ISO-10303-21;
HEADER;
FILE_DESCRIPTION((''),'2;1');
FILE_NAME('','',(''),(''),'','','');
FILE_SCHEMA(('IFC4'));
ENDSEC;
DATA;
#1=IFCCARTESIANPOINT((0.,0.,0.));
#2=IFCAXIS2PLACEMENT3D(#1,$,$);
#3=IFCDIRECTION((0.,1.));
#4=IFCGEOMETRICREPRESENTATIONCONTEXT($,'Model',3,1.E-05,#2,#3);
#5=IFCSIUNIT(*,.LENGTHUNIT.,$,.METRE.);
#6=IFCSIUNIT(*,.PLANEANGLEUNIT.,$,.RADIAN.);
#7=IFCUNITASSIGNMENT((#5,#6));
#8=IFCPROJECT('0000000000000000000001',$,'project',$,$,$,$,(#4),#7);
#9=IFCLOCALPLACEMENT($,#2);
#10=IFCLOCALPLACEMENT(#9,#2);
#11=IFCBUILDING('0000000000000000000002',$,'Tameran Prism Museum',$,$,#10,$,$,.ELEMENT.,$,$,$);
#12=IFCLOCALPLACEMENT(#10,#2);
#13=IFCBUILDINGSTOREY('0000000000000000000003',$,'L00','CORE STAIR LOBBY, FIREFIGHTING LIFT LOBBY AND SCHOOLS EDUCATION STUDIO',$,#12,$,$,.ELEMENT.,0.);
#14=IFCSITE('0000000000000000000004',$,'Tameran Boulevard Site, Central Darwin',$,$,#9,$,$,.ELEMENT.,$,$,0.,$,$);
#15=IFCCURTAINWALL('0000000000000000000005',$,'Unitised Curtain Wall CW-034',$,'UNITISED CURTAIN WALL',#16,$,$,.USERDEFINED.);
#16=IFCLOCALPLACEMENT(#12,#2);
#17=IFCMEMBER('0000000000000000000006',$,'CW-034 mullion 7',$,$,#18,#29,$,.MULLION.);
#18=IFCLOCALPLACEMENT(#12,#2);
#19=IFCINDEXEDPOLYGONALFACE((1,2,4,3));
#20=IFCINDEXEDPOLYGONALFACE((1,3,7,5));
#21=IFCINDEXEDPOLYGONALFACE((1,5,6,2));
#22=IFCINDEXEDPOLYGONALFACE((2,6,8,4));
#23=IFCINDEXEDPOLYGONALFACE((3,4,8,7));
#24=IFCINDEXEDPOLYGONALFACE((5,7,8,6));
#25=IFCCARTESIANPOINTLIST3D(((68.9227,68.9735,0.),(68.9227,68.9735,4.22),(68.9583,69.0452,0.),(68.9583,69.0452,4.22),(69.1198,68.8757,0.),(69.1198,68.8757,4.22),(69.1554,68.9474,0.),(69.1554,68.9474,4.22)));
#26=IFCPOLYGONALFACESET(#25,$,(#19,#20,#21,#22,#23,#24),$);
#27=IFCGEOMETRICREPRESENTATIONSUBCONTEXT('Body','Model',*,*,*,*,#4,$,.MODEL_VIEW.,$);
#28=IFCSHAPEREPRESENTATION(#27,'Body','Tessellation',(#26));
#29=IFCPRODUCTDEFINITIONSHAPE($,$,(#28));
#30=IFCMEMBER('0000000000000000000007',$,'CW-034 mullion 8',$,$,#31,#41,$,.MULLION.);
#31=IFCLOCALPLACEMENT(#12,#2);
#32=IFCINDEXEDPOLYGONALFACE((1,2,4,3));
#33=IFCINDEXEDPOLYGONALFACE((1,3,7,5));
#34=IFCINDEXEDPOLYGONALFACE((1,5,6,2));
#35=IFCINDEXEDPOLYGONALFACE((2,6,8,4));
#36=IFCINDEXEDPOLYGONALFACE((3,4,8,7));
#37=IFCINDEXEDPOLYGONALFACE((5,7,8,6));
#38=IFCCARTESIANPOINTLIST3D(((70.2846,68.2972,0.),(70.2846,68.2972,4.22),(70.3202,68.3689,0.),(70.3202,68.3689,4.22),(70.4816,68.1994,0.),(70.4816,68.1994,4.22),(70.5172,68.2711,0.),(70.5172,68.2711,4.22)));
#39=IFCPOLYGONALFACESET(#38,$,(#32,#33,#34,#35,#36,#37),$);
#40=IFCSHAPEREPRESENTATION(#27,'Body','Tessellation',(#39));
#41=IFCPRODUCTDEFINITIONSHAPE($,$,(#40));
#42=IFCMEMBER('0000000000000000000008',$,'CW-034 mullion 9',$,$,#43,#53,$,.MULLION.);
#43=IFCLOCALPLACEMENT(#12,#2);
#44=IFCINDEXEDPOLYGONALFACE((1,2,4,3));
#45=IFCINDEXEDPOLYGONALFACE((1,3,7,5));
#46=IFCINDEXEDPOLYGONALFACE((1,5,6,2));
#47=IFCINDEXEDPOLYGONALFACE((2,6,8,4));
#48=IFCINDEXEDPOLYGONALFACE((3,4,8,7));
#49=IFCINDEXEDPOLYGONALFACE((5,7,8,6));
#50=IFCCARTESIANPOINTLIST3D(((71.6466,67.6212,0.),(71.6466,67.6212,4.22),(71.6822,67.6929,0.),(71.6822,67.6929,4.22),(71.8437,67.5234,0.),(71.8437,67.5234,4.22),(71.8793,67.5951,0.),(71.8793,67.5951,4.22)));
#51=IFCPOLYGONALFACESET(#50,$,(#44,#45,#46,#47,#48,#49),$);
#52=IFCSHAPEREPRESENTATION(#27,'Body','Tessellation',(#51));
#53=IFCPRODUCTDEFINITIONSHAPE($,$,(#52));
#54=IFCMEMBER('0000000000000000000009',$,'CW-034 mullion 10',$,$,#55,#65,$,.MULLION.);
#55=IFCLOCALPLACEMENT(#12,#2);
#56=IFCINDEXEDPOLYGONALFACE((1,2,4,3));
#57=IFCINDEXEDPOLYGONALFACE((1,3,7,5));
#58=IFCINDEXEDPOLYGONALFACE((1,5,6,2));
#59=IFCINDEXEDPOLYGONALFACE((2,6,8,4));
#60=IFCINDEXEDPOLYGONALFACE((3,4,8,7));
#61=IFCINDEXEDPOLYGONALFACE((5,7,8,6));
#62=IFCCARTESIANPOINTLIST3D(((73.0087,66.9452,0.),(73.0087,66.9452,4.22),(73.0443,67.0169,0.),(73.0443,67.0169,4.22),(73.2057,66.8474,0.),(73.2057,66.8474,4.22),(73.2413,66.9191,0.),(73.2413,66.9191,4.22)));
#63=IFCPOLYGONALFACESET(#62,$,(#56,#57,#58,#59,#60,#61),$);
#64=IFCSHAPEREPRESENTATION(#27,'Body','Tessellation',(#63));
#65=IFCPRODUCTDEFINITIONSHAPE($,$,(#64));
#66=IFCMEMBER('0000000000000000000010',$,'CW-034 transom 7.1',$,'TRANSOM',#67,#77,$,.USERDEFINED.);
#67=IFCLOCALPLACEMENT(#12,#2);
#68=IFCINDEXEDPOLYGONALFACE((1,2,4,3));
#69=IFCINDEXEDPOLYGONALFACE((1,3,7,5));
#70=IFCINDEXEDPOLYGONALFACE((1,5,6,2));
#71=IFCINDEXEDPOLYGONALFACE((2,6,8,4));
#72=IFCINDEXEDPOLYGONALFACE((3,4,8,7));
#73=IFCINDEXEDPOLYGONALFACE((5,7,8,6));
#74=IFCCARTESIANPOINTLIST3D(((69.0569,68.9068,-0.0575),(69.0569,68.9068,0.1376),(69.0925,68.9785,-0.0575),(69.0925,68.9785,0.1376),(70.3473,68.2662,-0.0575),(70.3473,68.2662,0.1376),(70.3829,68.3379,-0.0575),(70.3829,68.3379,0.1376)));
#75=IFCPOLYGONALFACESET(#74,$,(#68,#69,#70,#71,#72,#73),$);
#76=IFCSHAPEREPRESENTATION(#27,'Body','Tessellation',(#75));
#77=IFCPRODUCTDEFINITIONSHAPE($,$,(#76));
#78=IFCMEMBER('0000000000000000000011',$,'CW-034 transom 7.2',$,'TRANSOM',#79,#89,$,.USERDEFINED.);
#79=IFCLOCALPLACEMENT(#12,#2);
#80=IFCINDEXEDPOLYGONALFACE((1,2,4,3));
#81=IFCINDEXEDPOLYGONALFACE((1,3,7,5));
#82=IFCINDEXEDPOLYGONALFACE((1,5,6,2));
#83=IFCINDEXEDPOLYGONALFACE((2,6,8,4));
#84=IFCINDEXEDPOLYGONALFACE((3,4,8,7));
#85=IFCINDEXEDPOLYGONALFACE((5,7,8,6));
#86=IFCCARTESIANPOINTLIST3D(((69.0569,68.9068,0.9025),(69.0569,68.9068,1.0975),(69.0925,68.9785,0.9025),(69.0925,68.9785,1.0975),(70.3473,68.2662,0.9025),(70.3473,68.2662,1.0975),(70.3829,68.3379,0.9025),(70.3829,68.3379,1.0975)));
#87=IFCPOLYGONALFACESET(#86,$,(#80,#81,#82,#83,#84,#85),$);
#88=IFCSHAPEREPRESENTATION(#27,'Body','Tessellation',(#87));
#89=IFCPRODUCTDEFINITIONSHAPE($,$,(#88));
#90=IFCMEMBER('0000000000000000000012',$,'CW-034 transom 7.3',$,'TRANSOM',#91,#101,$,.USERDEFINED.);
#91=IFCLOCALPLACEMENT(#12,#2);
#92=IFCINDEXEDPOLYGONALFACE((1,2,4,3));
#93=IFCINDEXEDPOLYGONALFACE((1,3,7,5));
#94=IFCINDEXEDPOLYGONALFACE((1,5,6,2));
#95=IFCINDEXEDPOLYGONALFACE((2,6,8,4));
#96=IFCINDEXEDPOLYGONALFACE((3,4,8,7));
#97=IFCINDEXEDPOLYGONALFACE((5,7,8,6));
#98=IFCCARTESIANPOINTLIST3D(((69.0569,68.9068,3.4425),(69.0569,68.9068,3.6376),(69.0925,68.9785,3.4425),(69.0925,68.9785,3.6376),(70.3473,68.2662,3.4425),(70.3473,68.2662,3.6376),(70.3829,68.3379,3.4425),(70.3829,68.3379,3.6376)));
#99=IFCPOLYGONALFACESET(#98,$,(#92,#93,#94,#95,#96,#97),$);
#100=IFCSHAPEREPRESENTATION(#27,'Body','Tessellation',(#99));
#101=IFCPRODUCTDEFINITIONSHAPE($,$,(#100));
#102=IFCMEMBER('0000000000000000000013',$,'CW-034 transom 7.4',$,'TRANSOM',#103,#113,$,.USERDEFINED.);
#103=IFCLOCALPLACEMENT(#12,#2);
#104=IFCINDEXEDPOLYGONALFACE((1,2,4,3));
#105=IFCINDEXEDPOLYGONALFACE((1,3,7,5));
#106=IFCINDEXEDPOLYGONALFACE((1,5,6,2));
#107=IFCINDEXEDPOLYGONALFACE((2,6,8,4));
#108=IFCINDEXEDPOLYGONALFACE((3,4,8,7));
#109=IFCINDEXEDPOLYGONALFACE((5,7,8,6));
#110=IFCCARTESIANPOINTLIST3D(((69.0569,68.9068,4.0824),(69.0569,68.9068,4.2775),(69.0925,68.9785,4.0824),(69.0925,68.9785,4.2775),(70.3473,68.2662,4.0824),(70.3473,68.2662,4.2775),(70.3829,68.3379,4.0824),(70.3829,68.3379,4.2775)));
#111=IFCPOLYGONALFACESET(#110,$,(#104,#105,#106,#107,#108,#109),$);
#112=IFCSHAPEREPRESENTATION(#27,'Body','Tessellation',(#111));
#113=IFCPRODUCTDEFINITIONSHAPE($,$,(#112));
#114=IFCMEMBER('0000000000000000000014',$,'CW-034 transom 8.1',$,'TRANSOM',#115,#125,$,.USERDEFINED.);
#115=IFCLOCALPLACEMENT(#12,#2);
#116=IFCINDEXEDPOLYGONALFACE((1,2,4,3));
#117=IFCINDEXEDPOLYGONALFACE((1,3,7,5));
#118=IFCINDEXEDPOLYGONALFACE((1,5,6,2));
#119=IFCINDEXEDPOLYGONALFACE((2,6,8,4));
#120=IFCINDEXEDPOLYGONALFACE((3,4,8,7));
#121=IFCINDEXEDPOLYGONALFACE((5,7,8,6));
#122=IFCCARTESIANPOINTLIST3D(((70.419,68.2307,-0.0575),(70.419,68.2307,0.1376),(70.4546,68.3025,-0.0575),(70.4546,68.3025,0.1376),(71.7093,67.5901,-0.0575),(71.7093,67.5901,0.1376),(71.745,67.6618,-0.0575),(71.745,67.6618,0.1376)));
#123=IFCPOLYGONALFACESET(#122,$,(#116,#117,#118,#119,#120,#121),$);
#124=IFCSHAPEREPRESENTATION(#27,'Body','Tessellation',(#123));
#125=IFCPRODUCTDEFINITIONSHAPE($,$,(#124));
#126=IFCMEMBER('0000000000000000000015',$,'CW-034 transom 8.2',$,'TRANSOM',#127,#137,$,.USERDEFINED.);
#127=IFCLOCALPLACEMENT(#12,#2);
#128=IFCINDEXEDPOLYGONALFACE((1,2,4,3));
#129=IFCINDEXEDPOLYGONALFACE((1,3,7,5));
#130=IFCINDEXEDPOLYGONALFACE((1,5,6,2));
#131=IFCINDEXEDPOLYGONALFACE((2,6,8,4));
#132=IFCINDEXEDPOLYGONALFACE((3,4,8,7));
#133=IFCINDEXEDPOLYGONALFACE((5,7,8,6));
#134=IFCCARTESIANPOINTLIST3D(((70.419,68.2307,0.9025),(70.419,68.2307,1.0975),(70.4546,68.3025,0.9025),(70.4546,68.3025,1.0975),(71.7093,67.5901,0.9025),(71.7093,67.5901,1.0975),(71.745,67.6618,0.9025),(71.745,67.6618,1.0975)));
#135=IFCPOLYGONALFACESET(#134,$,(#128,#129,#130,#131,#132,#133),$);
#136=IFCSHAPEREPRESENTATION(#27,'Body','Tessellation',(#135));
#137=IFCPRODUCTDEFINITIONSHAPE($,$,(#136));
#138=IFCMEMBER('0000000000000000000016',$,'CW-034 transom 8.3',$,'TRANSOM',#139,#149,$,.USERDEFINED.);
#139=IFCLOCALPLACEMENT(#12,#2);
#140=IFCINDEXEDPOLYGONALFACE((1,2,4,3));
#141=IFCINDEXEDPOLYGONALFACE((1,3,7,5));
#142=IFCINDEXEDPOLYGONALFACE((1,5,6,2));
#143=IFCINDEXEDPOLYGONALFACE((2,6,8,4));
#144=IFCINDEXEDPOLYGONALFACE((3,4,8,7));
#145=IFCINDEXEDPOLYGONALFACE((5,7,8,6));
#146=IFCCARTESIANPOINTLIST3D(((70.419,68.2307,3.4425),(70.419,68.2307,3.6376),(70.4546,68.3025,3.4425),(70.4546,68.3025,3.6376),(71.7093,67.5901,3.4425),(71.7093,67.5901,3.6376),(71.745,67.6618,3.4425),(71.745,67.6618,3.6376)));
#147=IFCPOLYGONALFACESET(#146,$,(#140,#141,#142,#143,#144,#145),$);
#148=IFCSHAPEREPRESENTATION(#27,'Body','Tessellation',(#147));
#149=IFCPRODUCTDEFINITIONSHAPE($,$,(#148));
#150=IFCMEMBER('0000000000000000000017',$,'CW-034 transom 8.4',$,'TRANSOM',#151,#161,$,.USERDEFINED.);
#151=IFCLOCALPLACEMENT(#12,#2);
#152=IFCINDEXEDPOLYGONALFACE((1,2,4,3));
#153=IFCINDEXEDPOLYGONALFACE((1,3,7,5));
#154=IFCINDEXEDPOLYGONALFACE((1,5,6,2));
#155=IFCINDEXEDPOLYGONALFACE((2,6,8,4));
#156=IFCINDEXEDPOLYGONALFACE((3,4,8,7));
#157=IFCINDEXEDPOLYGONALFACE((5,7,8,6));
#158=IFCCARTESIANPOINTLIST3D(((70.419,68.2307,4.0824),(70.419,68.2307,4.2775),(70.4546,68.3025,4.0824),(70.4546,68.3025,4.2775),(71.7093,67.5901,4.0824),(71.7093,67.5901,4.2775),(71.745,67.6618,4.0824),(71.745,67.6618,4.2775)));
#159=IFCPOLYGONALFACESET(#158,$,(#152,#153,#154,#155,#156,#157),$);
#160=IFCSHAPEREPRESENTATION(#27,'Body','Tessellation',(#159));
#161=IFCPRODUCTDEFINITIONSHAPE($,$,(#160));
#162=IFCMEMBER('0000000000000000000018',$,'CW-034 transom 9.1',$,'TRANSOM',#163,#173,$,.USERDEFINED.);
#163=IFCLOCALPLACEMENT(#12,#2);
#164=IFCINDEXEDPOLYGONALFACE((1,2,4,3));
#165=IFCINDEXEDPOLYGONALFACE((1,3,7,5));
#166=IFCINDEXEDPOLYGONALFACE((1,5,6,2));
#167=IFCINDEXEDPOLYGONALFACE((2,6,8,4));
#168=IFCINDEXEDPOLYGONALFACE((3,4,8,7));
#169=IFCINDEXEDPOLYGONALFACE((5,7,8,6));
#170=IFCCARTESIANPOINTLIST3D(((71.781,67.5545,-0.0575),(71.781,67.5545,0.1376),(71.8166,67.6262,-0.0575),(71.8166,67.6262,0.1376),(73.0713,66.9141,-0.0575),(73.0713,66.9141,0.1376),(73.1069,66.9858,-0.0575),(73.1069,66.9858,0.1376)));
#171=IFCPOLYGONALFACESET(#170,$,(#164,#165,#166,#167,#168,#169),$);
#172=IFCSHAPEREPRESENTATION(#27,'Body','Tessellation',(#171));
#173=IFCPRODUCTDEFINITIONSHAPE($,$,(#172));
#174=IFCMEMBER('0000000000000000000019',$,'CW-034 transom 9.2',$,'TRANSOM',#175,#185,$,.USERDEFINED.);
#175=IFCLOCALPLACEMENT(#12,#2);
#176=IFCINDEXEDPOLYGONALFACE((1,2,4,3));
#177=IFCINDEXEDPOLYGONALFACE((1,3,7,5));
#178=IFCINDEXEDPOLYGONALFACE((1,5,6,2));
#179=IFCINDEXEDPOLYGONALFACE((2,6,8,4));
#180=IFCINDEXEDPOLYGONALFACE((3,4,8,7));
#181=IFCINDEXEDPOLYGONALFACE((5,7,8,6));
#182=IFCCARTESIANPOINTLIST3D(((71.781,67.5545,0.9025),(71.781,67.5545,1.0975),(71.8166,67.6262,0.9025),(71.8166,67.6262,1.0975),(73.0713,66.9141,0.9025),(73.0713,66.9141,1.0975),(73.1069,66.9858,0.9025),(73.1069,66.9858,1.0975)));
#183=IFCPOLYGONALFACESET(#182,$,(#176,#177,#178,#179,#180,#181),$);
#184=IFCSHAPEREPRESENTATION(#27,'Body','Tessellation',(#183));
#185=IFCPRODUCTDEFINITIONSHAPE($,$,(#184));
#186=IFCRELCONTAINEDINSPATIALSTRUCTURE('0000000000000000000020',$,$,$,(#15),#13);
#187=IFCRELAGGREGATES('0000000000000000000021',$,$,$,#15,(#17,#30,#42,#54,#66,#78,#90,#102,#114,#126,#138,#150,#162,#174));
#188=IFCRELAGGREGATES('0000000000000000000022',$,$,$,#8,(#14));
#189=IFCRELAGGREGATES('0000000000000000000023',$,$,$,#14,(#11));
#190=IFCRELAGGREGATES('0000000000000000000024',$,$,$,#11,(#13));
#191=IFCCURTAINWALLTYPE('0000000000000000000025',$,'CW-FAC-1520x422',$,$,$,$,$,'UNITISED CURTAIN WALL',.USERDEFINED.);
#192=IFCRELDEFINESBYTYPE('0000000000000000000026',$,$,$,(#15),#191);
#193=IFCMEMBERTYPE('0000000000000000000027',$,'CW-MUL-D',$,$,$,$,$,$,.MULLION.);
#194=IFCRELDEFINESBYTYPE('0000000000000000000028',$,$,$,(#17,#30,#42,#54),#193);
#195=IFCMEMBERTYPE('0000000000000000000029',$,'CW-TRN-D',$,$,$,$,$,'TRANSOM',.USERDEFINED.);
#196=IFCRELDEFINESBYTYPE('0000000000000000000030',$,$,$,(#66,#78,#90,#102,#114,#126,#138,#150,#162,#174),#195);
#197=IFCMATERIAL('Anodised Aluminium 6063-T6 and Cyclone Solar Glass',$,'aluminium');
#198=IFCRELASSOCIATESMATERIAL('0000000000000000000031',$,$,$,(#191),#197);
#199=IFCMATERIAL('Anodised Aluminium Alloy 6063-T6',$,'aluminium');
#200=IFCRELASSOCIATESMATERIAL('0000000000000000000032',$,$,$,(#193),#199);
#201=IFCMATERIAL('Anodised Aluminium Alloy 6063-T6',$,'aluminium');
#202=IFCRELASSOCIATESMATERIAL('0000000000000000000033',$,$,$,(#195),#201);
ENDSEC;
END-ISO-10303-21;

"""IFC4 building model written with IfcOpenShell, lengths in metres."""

from ifc_helpers import new_model, si_unit, direction, frame, origin, origin_2d, place, context, subcontext, project, spatial, rectangle, extrude, material, material_profile, profile_set, type_object, element, aggregate, save


model = new_model("IFC4")

# Units and contexts
model_context = context("Model", 3, precision=1e-05, world=origin(), true_north=direction((0.0, 1.0)))
body_context = subcontext(model_context, "Body", "Model", "MODEL_VIEW")
ifc_project = project(units=[si_unit("LENGTHUNIT", "METRE"), si_unit("PLANEANGLEUNIT", "RADIAN")], contexts=[model_context])

# Site, building, storey
site_placement = place(None, origin())
site = spatial("IfcSite", under=ifc_project, at=site_placement, Name="Tameran Boulevard Site, Central Darwin", CompositionType="ELEMENT", RefElevation=0.0)
building_placement = place(site_placement, origin())
building = spatial("IfcBuilding", under=site, at=building_placement, Name="Tameran Prism Museum", CompositionType="ELEMENT")
storey_placement = place(building_placement, origin())
storey = spatial("IfcBuildingStorey", under=building, at=storey_placement, Name="L00", Description="CORE STAIR LOBBY, FIREFIGHTING LIFT LOBBY AND SCHOOLS EDUCATION STUDIO", CompositionType="ELEMENT", Elevation=0.0)

# Curtain wall, members
ifc_material_1 = material(Name="Anodised Aluminium 6063-T6 and Cyclone Solar Glass", Category="aluminium")
curtain_wall_type = type_object("IfcCurtainWallType", Name="CW-FAC-1520x422", ElementType="UNITISED CURTAIN WALL", PredefinedType="USERDEFINED", material=ifc_material_1)
curtain_wall_placement = place(storey_placement, origin())
curtain_wall = element("IfcCurtainWall", 1, at=curtain_wall_placement, inside=storey, type_object=curtain_wall_type, Name="Unitised Curtain Wall CW-034", ObjectType="UNITISED CURTAIN WALL", PredefinedType="USERDEFINED")
ifc_material_2 = material(Name="Anodised Aluminium Alloy 6063-T6", Category="aluminium")
ifc_material_profile_1 = material_profile(ifc_material_2, rectangle(XDim=0.0801, YDim=0.22, at=origin_2d()))
ifc_profile_set_1 = profile_set([ifc_material_profile_1])
member_type_1 = type_object("IfcMemberType", Name="CW-MUL-D", PredefinedType="MULLION", material=ifc_profile_set_1)
member_1_placement = place(storey_placement, frame((69.0391, 68.9604, 0.0), z_axis=(0.0, 0.0, 1.0), x_axis=(0.444634, 0.895712, 0.0)))
member_1 = element("IfcMember", 2, at=member_1_placement, type_object=member_type_1, Name="CW-034 mullion 7", PredefinedType="MULLION", context=body_context, shape_type="SweptSolid", body=[
    extrude(rectangle(XDim=0.0801, YDim=0.22, at=origin_2d()), origin(), (0.0, 0.0, 1.0), 4.22),
])
member_2_placement = place(storey_placement, frame((70.4009, 68.2842, 0.0), z_axis=(0.0, 0.0, 1.0), x_axis=(0.444634, 0.895712, 0.0)))
member_2 = element("IfcMember", 3, at=member_2_placement, type_object=member_type_1, Name="CW-034 mullion 8", PredefinedType="MULLION", context=body_context, shape_type="SweptSolid", body=[
    extrude(rectangle(XDim=0.0801, YDim=0.22, at=origin_2d()), origin(), (0.0, 0.0, 1.0), 4.22),
])
member_3_placement = place(storey_placement, frame((71.7629, 67.6082, 0.0), z_axis=(0.0, 0.0, 1.0), x_axis=(0.444634, 0.895712, 0.0)))
member_3 = element("IfcMember", 4, at=member_3_placement, type_object=member_type_1, Name="CW-034 mullion 9", PredefinedType="MULLION", context=body_context, shape_type="SweptSolid", body=[
    extrude(rectangle(XDim=0.0801, YDim=0.22, at=origin_2d()), origin(), (0.0, 0.0, 1.0), 4.22),
])
member_4_placement = place(storey_placement, frame((73.125, 66.9321, 0.0), z_axis=(0.0, 0.0, 1.0), x_axis=(0.444634, 0.895712, 0.0)))
member_4 = element("IfcMember", 5, at=member_4_placement, type_object=member_type_1, Name="CW-034 mullion 10", PredefinedType="MULLION", context=body_context, shape_type="SweptSolid", body=[
    extrude(rectangle(XDim=0.0801, YDim=0.22, at=origin_2d()), origin(), (0.0, 0.0, 1.0), 4.22),
])
ifc_material_3 = material(Name="Anodised Aluminium Alloy 6063-T6", Category="aluminium")
ifc_material_profile_2 = material_profile(ifc_material_3, rectangle(XDim=0.0801, YDim=0.1951, at=origin_2d()))
ifc_profile_set_2 = profile_set([ifc_material_profile_2])
member_type_2 = type_object("IfcMemberType", Name="CW-TRN-D", ElementType="TRANSOM", PredefinedType="USERDEFINED", material=ifc_profile_set_2)
member_5_placement = place(storey_placement, frame((69.0747, 68.9426, 0.04), z_axis=(0.895711, -0.444636, 0.0), x_axis=(0.444636, 0.895711, 0.0)))
member_5 = element("IfcMember", 6, at=member_5_placement, type_object=member_type_2, Name="CW-034 transom 7.1", ObjectType="TRANSOM", PredefinedType="USERDEFINED", context=body_context, shape_type="SweptSolid", body=[
    extrude(rectangle(XDim=0.0801, YDim=0.1951, at=origin_2d()), origin(), (0.0, 0.0, 1.0), 1.4407),
])
member_6_placement = place(storey_placement, frame((69.0747, 68.9426, 1.0), z_axis=(0.895711, -0.444636, 0.0), x_axis=(0.444636, 0.895711, 0.0)))
member_6 = element("IfcMember", 7, at=member_6_placement, type_object=member_type_2, Name="CW-034 transom 7.2", ObjectType="TRANSOM", PredefinedType="USERDEFINED", context=body_context, shape_type="SweptSolid", body=[
    extrude(rectangle(XDim=0.0801, YDim=0.1951, at=origin_2d()), origin(), (0.0, 0.0, 1.0), 1.4407),
])
member_7_placement = place(storey_placement, frame((69.0747, 68.9426, 3.54), z_axis=(0.895711, -0.444636, 0.0), x_axis=(0.444636, 0.895711, 0.0)))
member_7 = element("IfcMember", 8, at=member_7_placement, type_object=member_type_2, Name="CW-034 transom 7.3", ObjectType="TRANSOM", PredefinedType="USERDEFINED", context=body_context, shape_type="SweptSolid", body=[
    extrude(rectangle(XDim=0.0801, YDim=0.1951, at=origin_2d()), origin(), (0.0, 0.0, 1.0), 1.4407),
])
member_8_placement = place(storey_placement, frame((69.0747, 68.9426, 4.1799), z_axis=(0.895711, -0.444636, 0.0), x_axis=(0.444636, 0.895711, 0.0)))
member_8 = element("IfcMember", 9, at=member_8_placement, type_object=member_type_2, Name="CW-034 transom 7.4", ObjectType="TRANSOM", PredefinedType="USERDEFINED", context=body_context, shape_type="SweptSolid", body=[
    extrude(rectangle(XDim=0.0801, YDim=0.1951, at=origin_2d()), origin(), (0.0, 0.0, 1.0), 1.4407),
])
member_9_placement = place(storey_placement, frame((70.4368, 68.2666, 0.04), z_axis=(0.895678, -0.444704, 0.0), x_axis=(0.444704, 0.895678, 0.0)))
member_9 = element("IfcMember", 10, at=member_9_placement, type_object=member_type_2, Name="CW-034 transom 8.1", ObjectType="TRANSOM", PredefinedType="USERDEFINED", context=body_context, shape_type="SweptSolid", body=[
    extrude(rectangle(XDim=0.0801, YDim=0.1951, at=origin_2d()), origin(), (0.0, 0.0, 1.0), 1.4407),
])
member_10_placement = place(storey_placement, frame((70.4368, 68.2666, 1.0), z_axis=(0.895678, -0.444704, 0.0), x_axis=(0.444704, 0.895678, 0.0)))
member_10 = element("IfcMember", 11, at=member_10_placement, type_object=member_type_2, Name="CW-034 transom 8.2", ObjectType="TRANSOM", PredefinedType="USERDEFINED", context=body_context, shape_type="SweptSolid", body=[
    extrude(rectangle(XDim=0.0801, YDim=0.1951, at=origin_2d()), origin(), (0.0, 0.0, 1.0), 1.4407),
])
member_11_placement = place(storey_placement, frame((70.4368, 68.2666, 3.54), z_axis=(0.895678, -0.444704, 0.0), x_axis=(0.444704, 0.895678, 0.0)))
member_11 = element("IfcMember", 12, at=member_11_placement, type_object=member_type_2, Name="CW-034 transom 8.3", ObjectType="TRANSOM", PredefinedType="USERDEFINED", context=body_context, shape_type="SweptSolid", body=[
    extrude(rectangle(XDim=0.0801, YDim=0.1951, at=origin_2d()), origin(), (0.0, 0.0, 1.0), 1.4407),
])
member_12_placement = place(storey_placement, frame((70.4368, 68.2666, 4.1799), z_axis=(0.895678, -0.444704, 0.0), x_axis=(0.444704, 0.895678, 0.0)))
member_12 = element("IfcMember", 13, at=member_12_placement, type_object=member_type_2, Name="CW-034 transom 8.4", ObjectType="TRANSOM", PredefinedType="USERDEFINED", context=body_context, shape_type="SweptSolid", body=[
    extrude(rectangle(XDim=0.0801, YDim=0.1951, at=origin_2d()), origin(), (0.0, 0.0, 1.0), 1.4407),
])
member_13_placement = place(storey_placement, frame((71.7988, 67.5903, 0.04), z_axis=(0.895745, -0.444568, 0.0), x_axis=(0.444568, 0.895745, 0.0)))
member_13 = element("IfcMember", 14, at=member_13_placement, type_object=member_type_2, Name="CW-034 transom 9.1", ObjectType="TRANSOM", PredefinedType="USERDEFINED", context=body_context, shape_type="SweptSolid", body=[
    extrude(rectangle(XDim=0.0801, YDim=0.1951, at=origin_2d()), origin(), (0.0, 0.0, 1.0), 1.4404),
])
member_14_placement = place(storey_placement, frame((71.7988, 67.5903, 1.0), z_axis=(0.895745, -0.444568, 0.0), x_axis=(0.444568, 0.895745, 0.0)))
member_14 = element("IfcMember", 15, at=member_14_placement, type_object=member_type_2, Name="CW-034 transom 9.2", ObjectType="TRANSOM", PredefinedType="USERDEFINED", context=body_context, shape_type="SweptSolid", body=[
    extrude(rectangle(XDim=0.0801, YDim=0.1951, at=origin_2d()), origin(), (0.0, 0.0, 1.0), 1.4404),
])
aggregate(curtain_wall, [member_1, member_2, member_3, member_4, member_5, member_6, member_7, member_8, member_9, member_10, member_11, member_12, member_13, member_14])

save(model, "model.ifc")
